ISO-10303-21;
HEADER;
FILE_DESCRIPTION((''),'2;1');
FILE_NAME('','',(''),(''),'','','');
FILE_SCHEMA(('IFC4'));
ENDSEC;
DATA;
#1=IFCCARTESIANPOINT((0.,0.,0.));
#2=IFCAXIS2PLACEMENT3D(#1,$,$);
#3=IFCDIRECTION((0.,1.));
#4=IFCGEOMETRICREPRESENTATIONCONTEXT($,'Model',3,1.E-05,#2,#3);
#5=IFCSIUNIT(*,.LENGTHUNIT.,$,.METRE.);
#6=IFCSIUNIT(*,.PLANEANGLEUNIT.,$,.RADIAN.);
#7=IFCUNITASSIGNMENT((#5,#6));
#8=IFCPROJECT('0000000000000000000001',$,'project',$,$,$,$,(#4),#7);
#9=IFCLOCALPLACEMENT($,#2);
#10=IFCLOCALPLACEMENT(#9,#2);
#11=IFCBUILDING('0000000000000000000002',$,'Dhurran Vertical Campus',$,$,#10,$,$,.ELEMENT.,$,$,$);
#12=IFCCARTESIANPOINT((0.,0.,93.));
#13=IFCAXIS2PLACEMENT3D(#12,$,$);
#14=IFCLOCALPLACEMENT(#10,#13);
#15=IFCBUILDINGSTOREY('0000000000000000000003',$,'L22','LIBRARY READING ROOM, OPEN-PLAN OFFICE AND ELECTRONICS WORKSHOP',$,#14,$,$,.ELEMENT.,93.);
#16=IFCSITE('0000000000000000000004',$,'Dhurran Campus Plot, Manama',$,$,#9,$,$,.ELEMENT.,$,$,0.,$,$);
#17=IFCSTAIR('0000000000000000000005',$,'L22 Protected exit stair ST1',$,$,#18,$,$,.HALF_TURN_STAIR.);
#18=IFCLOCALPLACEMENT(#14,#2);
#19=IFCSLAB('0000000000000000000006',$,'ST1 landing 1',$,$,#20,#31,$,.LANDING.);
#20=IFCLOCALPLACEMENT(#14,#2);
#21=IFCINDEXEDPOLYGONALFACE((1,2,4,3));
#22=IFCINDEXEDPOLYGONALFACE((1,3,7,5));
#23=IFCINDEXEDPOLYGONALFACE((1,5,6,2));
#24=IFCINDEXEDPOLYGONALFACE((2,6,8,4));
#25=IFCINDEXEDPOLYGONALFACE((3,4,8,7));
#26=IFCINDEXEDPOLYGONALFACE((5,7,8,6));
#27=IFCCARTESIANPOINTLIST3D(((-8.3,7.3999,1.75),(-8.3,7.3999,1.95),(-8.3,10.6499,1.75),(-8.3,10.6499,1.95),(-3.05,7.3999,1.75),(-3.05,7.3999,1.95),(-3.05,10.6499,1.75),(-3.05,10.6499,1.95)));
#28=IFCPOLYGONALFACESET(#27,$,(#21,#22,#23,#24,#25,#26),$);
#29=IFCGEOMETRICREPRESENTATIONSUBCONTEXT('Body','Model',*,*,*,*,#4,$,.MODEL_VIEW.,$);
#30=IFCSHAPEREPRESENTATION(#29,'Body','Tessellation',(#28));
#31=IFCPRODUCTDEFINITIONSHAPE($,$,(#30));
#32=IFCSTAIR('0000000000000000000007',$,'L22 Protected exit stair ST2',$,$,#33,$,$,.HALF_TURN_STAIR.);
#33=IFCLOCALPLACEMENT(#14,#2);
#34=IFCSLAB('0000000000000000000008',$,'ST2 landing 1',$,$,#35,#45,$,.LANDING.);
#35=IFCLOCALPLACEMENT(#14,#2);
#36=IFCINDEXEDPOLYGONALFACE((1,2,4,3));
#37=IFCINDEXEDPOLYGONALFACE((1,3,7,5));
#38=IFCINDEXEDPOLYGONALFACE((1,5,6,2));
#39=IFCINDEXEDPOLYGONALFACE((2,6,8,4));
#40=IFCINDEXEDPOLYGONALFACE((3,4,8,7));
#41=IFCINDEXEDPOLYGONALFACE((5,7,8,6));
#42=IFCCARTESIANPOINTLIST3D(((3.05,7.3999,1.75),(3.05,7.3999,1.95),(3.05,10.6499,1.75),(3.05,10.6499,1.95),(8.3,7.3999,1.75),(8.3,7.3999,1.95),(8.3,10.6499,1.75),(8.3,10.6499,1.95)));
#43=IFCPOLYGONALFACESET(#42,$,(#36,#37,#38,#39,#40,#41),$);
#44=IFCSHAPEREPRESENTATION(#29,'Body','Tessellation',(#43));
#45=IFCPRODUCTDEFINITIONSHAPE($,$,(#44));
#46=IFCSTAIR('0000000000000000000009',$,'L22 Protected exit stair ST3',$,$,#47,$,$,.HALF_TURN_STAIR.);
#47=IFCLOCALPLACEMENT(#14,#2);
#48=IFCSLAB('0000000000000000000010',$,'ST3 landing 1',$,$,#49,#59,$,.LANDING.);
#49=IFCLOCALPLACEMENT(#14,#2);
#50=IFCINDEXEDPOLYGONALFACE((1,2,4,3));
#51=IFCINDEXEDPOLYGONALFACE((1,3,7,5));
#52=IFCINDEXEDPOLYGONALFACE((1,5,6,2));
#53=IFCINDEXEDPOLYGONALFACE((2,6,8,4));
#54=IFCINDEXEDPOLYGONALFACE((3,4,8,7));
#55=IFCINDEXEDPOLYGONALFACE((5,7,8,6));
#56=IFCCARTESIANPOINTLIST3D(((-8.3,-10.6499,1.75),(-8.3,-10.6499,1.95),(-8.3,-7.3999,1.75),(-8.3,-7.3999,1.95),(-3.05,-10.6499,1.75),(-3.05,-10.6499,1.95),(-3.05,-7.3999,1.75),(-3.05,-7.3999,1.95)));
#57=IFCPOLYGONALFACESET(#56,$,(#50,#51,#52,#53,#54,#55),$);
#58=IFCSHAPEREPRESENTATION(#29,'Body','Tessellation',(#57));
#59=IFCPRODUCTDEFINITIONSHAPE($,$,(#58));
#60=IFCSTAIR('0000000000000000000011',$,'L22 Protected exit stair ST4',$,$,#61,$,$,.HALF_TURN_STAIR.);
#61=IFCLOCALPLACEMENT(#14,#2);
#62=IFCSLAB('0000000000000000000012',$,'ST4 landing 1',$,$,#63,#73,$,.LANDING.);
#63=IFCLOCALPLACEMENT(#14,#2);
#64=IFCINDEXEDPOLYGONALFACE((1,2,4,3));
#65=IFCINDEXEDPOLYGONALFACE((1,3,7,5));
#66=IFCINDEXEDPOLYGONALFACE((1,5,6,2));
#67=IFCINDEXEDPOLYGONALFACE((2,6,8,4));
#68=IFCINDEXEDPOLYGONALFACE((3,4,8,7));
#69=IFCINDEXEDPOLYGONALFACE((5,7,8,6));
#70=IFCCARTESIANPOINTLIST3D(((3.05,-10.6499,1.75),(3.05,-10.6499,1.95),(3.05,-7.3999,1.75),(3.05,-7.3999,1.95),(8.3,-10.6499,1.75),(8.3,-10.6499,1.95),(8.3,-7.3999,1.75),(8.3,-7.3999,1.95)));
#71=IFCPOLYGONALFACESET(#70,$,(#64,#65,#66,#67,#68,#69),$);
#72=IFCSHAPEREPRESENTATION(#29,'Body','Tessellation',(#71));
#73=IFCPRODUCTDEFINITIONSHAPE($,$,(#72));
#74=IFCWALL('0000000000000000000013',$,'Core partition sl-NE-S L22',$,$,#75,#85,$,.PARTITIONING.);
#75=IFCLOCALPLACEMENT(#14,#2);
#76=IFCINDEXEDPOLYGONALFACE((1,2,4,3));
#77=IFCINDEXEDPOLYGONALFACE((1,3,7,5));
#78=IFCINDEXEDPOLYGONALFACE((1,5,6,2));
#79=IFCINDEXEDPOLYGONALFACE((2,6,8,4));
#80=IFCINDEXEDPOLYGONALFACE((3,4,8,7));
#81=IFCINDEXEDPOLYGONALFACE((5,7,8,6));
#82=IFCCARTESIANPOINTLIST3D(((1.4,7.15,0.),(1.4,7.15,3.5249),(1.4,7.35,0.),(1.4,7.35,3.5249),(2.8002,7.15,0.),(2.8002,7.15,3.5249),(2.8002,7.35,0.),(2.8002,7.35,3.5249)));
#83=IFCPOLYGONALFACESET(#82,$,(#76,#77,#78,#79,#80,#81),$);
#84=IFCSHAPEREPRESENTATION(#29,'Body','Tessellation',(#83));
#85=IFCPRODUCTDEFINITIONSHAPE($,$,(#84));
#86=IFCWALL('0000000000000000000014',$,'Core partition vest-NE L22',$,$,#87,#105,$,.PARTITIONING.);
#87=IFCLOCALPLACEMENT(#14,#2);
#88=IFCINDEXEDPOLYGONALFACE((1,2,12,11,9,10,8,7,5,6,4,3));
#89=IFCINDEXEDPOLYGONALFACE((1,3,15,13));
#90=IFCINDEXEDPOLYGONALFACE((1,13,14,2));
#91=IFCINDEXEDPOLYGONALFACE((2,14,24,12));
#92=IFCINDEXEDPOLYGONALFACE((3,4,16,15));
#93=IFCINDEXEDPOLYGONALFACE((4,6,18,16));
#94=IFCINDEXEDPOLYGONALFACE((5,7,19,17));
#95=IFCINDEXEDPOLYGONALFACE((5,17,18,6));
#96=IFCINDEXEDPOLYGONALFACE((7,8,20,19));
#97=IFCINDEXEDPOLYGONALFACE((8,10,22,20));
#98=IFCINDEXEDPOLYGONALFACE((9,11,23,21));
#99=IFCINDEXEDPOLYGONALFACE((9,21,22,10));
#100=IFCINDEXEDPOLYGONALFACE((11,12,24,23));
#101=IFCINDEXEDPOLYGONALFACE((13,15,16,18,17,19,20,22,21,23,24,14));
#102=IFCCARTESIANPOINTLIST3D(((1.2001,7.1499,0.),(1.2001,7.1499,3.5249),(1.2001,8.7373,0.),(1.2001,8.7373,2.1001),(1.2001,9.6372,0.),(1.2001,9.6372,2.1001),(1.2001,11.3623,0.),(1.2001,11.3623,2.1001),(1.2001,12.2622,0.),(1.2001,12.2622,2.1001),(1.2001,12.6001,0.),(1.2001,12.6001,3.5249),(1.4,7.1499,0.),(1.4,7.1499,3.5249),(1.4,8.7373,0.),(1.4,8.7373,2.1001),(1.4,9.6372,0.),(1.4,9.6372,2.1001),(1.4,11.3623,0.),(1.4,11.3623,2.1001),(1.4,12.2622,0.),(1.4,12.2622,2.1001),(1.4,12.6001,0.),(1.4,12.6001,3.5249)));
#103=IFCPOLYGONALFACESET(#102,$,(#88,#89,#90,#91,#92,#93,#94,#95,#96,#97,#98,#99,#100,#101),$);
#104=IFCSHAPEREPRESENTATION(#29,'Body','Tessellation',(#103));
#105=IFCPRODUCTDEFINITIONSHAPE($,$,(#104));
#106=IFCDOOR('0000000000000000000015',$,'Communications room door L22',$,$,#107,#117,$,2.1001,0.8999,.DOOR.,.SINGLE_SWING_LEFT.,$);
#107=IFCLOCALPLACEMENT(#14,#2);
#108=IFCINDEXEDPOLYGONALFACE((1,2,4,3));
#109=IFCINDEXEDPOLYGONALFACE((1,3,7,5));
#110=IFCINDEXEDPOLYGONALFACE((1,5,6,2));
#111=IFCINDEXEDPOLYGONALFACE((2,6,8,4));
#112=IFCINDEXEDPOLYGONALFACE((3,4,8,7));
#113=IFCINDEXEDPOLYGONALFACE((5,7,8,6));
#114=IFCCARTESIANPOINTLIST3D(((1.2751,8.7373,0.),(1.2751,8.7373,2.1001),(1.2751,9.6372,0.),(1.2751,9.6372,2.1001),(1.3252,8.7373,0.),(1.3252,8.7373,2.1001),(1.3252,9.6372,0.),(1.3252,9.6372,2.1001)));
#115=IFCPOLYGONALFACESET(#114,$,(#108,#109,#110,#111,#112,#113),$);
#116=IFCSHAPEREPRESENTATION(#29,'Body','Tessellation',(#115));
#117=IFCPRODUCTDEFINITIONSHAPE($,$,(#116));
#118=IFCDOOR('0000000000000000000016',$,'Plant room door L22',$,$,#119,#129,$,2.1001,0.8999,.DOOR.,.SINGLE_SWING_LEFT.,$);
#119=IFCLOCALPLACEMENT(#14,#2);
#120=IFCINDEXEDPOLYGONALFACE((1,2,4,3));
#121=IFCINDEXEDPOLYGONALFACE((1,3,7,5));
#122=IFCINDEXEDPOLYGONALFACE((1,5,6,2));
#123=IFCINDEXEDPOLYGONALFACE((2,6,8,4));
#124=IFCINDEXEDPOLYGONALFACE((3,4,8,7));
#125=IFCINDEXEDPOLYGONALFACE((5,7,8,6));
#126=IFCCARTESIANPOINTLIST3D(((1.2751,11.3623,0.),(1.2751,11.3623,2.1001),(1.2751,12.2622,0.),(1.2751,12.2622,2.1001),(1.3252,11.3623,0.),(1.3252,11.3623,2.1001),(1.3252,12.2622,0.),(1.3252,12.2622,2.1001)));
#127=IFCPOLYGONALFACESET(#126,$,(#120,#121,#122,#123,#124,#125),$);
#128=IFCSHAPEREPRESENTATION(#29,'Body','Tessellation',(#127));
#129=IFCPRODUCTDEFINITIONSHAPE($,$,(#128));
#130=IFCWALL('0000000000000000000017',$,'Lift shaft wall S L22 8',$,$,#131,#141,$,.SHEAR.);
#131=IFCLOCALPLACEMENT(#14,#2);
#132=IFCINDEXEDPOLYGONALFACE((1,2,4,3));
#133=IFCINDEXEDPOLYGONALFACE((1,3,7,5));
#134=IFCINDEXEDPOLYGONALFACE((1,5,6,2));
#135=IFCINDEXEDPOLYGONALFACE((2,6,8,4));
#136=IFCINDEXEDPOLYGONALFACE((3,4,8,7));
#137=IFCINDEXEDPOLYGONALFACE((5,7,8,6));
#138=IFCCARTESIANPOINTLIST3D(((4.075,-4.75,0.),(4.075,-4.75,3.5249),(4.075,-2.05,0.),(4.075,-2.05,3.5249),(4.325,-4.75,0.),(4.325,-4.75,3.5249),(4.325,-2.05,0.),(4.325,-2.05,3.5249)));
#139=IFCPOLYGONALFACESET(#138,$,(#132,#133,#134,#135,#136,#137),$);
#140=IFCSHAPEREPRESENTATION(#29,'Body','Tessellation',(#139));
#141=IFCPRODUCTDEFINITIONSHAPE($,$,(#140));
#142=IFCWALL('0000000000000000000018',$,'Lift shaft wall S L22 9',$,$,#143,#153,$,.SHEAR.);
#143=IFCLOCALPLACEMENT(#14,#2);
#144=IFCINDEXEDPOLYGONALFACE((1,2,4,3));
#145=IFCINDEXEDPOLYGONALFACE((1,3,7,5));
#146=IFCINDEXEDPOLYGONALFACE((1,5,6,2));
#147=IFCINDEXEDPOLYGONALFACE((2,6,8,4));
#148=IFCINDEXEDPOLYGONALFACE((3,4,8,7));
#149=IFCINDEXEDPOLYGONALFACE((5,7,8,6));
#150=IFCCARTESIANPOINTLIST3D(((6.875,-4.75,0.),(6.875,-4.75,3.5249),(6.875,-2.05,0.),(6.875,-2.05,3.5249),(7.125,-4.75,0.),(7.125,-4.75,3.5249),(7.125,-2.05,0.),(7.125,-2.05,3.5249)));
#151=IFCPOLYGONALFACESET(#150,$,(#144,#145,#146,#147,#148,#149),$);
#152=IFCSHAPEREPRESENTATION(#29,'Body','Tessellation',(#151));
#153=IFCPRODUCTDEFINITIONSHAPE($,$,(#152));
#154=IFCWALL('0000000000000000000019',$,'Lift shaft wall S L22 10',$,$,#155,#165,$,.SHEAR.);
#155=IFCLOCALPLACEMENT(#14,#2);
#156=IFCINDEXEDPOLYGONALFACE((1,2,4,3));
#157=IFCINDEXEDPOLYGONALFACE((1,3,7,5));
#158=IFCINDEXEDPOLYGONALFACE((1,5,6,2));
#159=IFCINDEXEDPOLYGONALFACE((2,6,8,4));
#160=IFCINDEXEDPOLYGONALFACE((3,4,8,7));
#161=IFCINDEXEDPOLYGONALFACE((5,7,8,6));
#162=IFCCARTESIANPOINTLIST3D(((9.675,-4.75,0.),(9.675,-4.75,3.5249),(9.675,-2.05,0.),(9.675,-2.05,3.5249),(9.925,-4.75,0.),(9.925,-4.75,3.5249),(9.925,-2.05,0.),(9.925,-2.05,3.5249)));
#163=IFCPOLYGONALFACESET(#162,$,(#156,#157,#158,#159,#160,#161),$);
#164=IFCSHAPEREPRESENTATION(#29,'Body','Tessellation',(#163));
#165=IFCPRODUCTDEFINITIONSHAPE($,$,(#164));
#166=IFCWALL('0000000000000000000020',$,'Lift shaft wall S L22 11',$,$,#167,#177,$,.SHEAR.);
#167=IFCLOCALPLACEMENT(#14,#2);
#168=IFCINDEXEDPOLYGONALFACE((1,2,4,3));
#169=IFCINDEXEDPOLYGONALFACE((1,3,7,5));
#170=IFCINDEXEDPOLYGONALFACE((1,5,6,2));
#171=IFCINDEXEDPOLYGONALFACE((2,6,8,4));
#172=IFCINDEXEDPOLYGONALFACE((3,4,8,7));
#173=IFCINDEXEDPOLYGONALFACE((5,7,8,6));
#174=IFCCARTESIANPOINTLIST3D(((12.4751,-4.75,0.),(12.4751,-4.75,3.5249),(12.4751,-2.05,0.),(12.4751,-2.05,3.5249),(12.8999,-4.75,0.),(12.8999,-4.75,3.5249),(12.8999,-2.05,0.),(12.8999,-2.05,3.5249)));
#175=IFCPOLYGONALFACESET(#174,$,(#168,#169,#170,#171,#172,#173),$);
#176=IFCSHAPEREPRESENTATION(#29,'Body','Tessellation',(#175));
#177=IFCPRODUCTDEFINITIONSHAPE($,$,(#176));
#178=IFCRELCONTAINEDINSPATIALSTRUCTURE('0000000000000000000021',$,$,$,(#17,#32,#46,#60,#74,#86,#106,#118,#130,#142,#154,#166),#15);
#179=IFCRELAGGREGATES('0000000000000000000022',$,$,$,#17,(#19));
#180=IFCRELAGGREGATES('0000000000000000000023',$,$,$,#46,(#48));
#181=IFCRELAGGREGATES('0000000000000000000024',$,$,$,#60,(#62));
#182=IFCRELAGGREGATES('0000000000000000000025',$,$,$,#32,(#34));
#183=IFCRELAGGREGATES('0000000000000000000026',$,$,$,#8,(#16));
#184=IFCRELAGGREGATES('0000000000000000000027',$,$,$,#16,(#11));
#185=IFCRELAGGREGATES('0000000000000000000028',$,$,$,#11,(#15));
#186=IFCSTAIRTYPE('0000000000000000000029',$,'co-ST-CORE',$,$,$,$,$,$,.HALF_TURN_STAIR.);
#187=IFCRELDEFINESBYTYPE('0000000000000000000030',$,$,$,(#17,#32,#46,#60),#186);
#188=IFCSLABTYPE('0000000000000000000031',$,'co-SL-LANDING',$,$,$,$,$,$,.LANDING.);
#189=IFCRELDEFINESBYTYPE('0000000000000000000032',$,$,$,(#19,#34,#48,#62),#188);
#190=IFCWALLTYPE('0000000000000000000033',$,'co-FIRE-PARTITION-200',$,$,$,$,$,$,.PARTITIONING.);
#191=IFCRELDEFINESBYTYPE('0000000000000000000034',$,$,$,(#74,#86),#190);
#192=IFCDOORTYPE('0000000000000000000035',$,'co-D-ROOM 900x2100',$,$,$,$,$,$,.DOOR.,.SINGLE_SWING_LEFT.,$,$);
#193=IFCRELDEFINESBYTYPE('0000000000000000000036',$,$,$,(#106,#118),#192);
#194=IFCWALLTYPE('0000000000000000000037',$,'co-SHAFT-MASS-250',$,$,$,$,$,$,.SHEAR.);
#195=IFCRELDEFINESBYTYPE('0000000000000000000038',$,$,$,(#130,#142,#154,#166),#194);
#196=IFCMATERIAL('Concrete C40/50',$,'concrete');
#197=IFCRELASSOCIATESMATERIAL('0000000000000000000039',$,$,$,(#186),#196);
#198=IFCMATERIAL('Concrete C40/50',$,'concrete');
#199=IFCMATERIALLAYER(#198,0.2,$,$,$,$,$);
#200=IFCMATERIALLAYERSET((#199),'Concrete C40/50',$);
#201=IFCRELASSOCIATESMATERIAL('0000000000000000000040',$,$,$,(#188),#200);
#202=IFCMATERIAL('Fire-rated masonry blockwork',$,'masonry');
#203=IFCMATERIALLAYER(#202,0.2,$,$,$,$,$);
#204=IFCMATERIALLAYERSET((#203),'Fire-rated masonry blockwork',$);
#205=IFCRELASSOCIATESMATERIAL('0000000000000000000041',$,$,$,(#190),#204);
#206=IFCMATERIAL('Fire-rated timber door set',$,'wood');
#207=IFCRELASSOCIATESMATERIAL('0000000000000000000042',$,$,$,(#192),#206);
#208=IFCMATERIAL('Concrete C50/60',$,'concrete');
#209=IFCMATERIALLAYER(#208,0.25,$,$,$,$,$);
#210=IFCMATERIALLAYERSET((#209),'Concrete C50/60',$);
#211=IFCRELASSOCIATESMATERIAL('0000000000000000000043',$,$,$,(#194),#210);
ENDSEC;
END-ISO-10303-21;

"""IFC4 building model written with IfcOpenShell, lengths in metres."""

from ifc_helpers import new_model, si_unit, direction, frame, frame_2d, origin, place, context, subcontext, project, spatial, polyline, rectangle, outline, extrude, material, layer, layer_set, type_object, element, fill, aggregate, save


model = new_model("IFC4")

# Units and contexts
model_context = context("Model", 3, precision=1e-05, world=origin(), true_north=direction((0.0, 1.0)))
body_context = subcontext(model_context, "Body", "Model", "MODEL_VIEW")
ifc_project = project(units=[si_unit("LENGTHUNIT", "METRE"), si_unit("PLANEANGLEUNIT", "RADIAN")], contexts=[model_context])

# Site, building, storey
site_placement = place(None, origin())
site = spatial("IfcSite", under=ifc_project, at=site_placement, Name="Dhurran Campus Plot, Manama", CompositionType="ELEMENT", RefElevation=0.0)
building_placement = place(site_placement, origin())
building = spatial("IfcBuilding", under=site, at=building_placement, Name="Dhurran Vertical Campus", CompositionType="ELEMENT")
storey_placement = place(building_placement, frame((0.0, 0.0, 93.0)))
storey = spatial("IfcBuildingStorey", under=building, at=storey_placement, Name="L22", Description="LIBRARY READING ROOM, OPEN-PLAN OFFICE AND ELECTRONICS WORKSHOP", CompositionType="ELEMENT", Elevation=93.0)

# Stairs, slabs
ifc_material_1 = material(Name="Concrete C40/50", Category="concrete")
stair_type = type_object("IfcStairType", Name="co-ST-CORE", PredefinedType="HALF_TURN_STAIR", material=ifc_material_1)
stair_1_placement = place(storey_placement, origin())
stair_1 = element("IfcStair", 1, at=stair_1_placement, inside=storey, type_object=stair_type, Name="L22 Protected exit stair ST1", PredefinedType="HALF_TURN_STAIR")
ifc_material_2 = material(Name="Concrete C40/50", Category="concrete")
ifc_layer_1 = layer(ifc_material_2, 0.2)
ifc_layer_set_1 = layer_set([ifc_layer_1], Name="Concrete C40/50")
slab_type = type_object("IfcSlabType", Name="co-SL-LANDING", PredefinedType="LANDING", material=ifc_layer_set_1)
slab_1_placement = place(storey_placement, frame((0.0, 0.0, 1.75)))
slab_1 = element("IfcSlab", 2, at=slab_1_placement, type_object=slab_type, Name="ST1 landing 1", PredefinedType="LANDING", context=body_context, shape_type="SweptSolid", body=[
    extrude(outline(polyline([(-8.3, 7.3999), (-3.05, 7.3999), (-3.05, 10.6499), (-8.3, 10.6499), (-8.3, 7.3999)])), origin(), (0.0, 0.0, 1.0), 0.2),
])
aggregate(stair_1, [slab_1])
stair_2_placement = place(storey_placement, origin())
stair_2 = element("IfcStair", 3, at=stair_2_placement, inside=storey, type_object=stair_type, Name="L22 Protected exit stair ST2", PredefinedType="HALF_TURN_STAIR")
slab_2_placement = place(storey_placement, frame((0.0, 0.0, 1.75)))
slab_2 = element("IfcSlab", 4, at=slab_2_placement, type_object=slab_type, Name="ST2 landing 1", PredefinedType="LANDING", context=body_context, shape_type="SweptSolid", body=[
    extrude(outline(polyline([(8.3, 10.6499), (3.05, 10.6499), (3.05, 7.3999), (8.3, 7.3999), (8.3, 10.6499)])), origin(), (0.0, 0.0, 1.0), 0.2),
])
stair_3_placement = place(storey_placement, origin())
stair_3 = element("IfcStair", 5, at=stair_3_placement, inside=storey, type_object=stair_type, Name="L22 Protected exit stair ST3", PredefinedType="HALF_TURN_STAIR")
slab_3_placement = place(storey_placement, frame((0.0, 0.0, 1.75)))
slab_3 = element("IfcSlab", 6, at=slab_3_placement, type_object=slab_type, Name="ST3 landing 1", PredefinedType="LANDING", context=body_context, shape_type="SweptSolid", body=[
    extrude(outline(polyline([(-8.3, -10.6499), (-3.05, -10.6499), (-3.05, -7.3999), (-8.3, -7.3999), (-8.3, -10.6499)])), origin(), (0.0, 0.0, 1.0), 0.2),
])
aggregate(stair_3, [slab_3])
stair_4_placement = place(storey_placement, origin())
stair_4 = element("IfcStair", 7, at=stair_4_placement, inside=storey, type_object=stair_type, Name="L22 Protected exit stair ST4", PredefinedType="HALF_TURN_STAIR")
slab_4_placement = place(storey_placement, frame((0.0, 0.0, 1.75)))
slab_4 = element("IfcSlab", 8, at=slab_4_placement, type_object=slab_type, Name="ST4 landing 1", PredefinedType="LANDING", context=body_context, shape_type="SweptSolid", body=[
    extrude(outline(polyline([(8.3, -7.3999), (3.05, -7.3999), (3.05, -10.6499), (8.3, -10.6499), (8.3, -7.3999)])), origin(), (0.0, 0.0, 1.0), 0.2),
])
aggregate(stair_4, [slab_4])

# Wall
ifc_material_3 = material(Name="Fire-rated masonry blockwork", Category="masonry")
ifc_layer_2 = layer(ifc_material_3, 0.2)
ifc_layer_set_2 = layer_set([ifc_layer_2], Name="Fire-rated masonry blockwork")
wall_type_1 = type_object("IfcWallType", Name="co-FIRE-PARTITION-200", PredefinedType="PARTITIONING", material=ifc_layer_set_2)
wall_1_placement = place(storey_placement, frame((1.3999, 7.25, 0.0), z_axis=(0.0, 0.0, 1.0), x_axis=(1.0, 0.0, 0.0)))
element("IfcWall", 9, at=wall_1_placement, inside=storey, type_object=wall_type_1, Name="Core partition sl-NE-S L22", PredefinedType="PARTITIONING", context=body_context, shape_type="SweptSolid", body=[
    extrude(rectangle(XDim=1.4001, YDim=0.2, at=frame_2d((0.7002, 0.0))), origin(), (0.0, 0.0, 1.0), 3.5249),
])

# Wall, openings, doors
wall_2_placement = place(storey_placement, frame((1.3, 7.1499, 0.0), z_axis=(0.0, 0.0, 1.0), x_axis=(0.0, 1.0, 0.0)))
wall_2 = element("IfcWall", 10, at=wall_2_placement, inside=storey, type_object=wall_type_1, Name="Core partition vest-NE L22", PredefinedType="PARTITIONING", context=body_context, shape_type="SweptSolid", body=[
    extrude(rectangle(XDim=5.4502, YDim=0.2, at=frame_2d((2.7251, 0.0))), origin(), (0.0, 0.0, 1.0), 3.5249),
])
opening_1_placement = place(wall_2_placement, frame((1.5874, 0.0, 0.0)))
opening_1 = element("IfcOpeningElement", 11, at=opening_1_placement, cuts=wall_2, PredefinedType="OPENING", context=body_context, shape_type="SweptSolid", body=[
    extrude(rectangle(XDim=0.8999, YDim=2.1001, at=frame_2d((0.45, 1.05))), frame((0.0, 0.1099, 0.0), z_axis=(0.0, -1.0, 0.0), x_axis=(1.0, 0.0, 0.0)), (0.0, 0.0, 1.0), 0.22),
])
opening_2_placement = place(wall_2_placement, frame((4.2124, 0.0, 0.0)))
opening_2 = element("IfcOpeningElement", 12, at=opening_2_placement, cuts=wall_2, PredefinedType="OPENING", context=body_context, shape_type="SweptSolid", body=[
    extrude(rectangle(XDim=0.8999, YDim=2.1001, at=frame_2d((0.45, 1.05))), frame((0.0, 0.1099, 0.0), z_axis=(0.0, -1.0, 0.0), x_axis=(1.0, 0.0, 0.0)), (0.0, 0.0, 1.0), 0.22),
])
ifc_material_4 = material(Name="Fire-rated timber door set", Category="wood")
door_type_1 = type_object("IfcDoorType", Name="co-D-ROOM 900x2100", OperationType="SINGLE_SWING_LEFT", PredefinedType="DOOR", material=ifc_material_4)
door_1_placement = place(opening_1_placement, origin())
door_1 = element("IfcDoor", 13, at=door_1_placement, inside=storey, type_object=door_type_1, Name="Communications room door L22", OperationType="SINGLE_SWING_LEFT", OverallHeight=2.1001, OverallWidth=0.8999, PredefinedType="DOOR", context=body_context, shape_type="SweptSolid", body=[
    extrude(rectangle(XDim=0.8999, YDim=2.1001, at=frame_2d((0.45, 1.05))), frame((0.0, 0.0249, 0.0), z_axis=(0.0, -1.0, 0.0), x_axis=(1.0, 0.0, 0.0)), (0.0, 0.0, 1.0), 0.05),
])
fill(opening_1, door_1)
door_2_placement = place(opening_2_placement, origin())
door_2 = element("IfcDoor", 14, at=door_2_placement, inside=storey, type_object=door_type_1, Name="Plant room door L22", OperationType="SINGLE_SWING_LEFT", OverallHeight=2.1001, OverallWidth=0.8999, PredefinedType="DOOR", context=body_context, shape_type="SweptSolid", body=[
    extrude(rectangle(XDim=0.8999, YDim=2.1001, at=frame_2d((0.45, 1.05))), frame((0.0, 0.0249, 0.0), z_axis=(0.0, -1.0, 0.0), x_axis=(1.0, 0.0, 0.0)), (0.0, 0.0, 1.0), 0.05),
])
fill(opening_2, door_2)

# Walls
ifc_material_5 = material(Name="Concrete C50/60", Category="concrete")
ifc_layer_3 = layer(ifc_material_5, 0.25)
ifc_layer_set_3 = layer_set([ifc_layer_3], Name="Concrete C50/60")
wall_type_2 = type_object("IfcWallType", Name="co-SHAFT-MASS-250", PredefinedType="SHEAR", material=ifc_layer_set_3)
wall_3_placement = place(storey_placement, origin())
element("IfcWall", 15, at=wall_3_placement, inside=storey, type_object=wall_type_2, Name="Lift shaft wall S L22 8", PredefinedType="SHEAR", context=body_context, shape_type="SweptSolid", body=[
    extrude(outline(polyline([(4.075, -4.75), (4.325, -4.75), (4.325, -2.05), (4.075, -2.05), (4.075, -4.75)])), origin(), (0.0, 0.0, 1.0), 3.5249),
])
wall_4_placement = place(storey_placement, origin())
element("IfcWall", 16, at=wall_4_placement, inside=storey, type_object=wall_type_2, Name="Lift shaft wall S L22 9", PredefinedType="SHEAR", context=body_context, shape_type="SweptSolid", body=[
    extrude(outline(polyline([(6.875, -4.75), (7.125, -4.75), (7.125, -2.05), (6.875, -2.05), (6.875, -4.75)])), origin(), (0.0, 0.0, 1.0), 3.5249),
])
wall_5_placement = place(storey_placement, origin())
element("IfcWall", 17, at=wall_5_placement, inside=storey, type_object=wall_type_2, Name="Lift shaft wall S L22 10", PredefinedType="SHEAR", context=body_context, shape_type="SweptSolid", body=[
    extrude(outline(polyline([(9.675, -4.75), (9.925, -4.75), (9.925, -2.05), (9.675, -2.05), (9.675, -4.75)])), origin(), (0.0, 0.0, 1.0), 3.5249),
])
wall_6_placement = place(storey_placement, origin())
element("IfcWall", 18, at=wall_6_placement, inside=storey, type_object=wall_type_2, Name="Lift shaft wall S L22 11", PredefinedType="SHEAR", context=body_context, shape_type="SweptSolid", body=[
    extrude(outline(polyline([(12.4751, -4.75), (12.8999, -4.75), (12.8999, -2.05), (12.4751, -2.05), (12.4751, -4.75)])), origin(), (0.0, 0.0, 1.0), 3.5249),
])

aggregate(stair_2, [slab_2])

save(model, "model.ifc")
